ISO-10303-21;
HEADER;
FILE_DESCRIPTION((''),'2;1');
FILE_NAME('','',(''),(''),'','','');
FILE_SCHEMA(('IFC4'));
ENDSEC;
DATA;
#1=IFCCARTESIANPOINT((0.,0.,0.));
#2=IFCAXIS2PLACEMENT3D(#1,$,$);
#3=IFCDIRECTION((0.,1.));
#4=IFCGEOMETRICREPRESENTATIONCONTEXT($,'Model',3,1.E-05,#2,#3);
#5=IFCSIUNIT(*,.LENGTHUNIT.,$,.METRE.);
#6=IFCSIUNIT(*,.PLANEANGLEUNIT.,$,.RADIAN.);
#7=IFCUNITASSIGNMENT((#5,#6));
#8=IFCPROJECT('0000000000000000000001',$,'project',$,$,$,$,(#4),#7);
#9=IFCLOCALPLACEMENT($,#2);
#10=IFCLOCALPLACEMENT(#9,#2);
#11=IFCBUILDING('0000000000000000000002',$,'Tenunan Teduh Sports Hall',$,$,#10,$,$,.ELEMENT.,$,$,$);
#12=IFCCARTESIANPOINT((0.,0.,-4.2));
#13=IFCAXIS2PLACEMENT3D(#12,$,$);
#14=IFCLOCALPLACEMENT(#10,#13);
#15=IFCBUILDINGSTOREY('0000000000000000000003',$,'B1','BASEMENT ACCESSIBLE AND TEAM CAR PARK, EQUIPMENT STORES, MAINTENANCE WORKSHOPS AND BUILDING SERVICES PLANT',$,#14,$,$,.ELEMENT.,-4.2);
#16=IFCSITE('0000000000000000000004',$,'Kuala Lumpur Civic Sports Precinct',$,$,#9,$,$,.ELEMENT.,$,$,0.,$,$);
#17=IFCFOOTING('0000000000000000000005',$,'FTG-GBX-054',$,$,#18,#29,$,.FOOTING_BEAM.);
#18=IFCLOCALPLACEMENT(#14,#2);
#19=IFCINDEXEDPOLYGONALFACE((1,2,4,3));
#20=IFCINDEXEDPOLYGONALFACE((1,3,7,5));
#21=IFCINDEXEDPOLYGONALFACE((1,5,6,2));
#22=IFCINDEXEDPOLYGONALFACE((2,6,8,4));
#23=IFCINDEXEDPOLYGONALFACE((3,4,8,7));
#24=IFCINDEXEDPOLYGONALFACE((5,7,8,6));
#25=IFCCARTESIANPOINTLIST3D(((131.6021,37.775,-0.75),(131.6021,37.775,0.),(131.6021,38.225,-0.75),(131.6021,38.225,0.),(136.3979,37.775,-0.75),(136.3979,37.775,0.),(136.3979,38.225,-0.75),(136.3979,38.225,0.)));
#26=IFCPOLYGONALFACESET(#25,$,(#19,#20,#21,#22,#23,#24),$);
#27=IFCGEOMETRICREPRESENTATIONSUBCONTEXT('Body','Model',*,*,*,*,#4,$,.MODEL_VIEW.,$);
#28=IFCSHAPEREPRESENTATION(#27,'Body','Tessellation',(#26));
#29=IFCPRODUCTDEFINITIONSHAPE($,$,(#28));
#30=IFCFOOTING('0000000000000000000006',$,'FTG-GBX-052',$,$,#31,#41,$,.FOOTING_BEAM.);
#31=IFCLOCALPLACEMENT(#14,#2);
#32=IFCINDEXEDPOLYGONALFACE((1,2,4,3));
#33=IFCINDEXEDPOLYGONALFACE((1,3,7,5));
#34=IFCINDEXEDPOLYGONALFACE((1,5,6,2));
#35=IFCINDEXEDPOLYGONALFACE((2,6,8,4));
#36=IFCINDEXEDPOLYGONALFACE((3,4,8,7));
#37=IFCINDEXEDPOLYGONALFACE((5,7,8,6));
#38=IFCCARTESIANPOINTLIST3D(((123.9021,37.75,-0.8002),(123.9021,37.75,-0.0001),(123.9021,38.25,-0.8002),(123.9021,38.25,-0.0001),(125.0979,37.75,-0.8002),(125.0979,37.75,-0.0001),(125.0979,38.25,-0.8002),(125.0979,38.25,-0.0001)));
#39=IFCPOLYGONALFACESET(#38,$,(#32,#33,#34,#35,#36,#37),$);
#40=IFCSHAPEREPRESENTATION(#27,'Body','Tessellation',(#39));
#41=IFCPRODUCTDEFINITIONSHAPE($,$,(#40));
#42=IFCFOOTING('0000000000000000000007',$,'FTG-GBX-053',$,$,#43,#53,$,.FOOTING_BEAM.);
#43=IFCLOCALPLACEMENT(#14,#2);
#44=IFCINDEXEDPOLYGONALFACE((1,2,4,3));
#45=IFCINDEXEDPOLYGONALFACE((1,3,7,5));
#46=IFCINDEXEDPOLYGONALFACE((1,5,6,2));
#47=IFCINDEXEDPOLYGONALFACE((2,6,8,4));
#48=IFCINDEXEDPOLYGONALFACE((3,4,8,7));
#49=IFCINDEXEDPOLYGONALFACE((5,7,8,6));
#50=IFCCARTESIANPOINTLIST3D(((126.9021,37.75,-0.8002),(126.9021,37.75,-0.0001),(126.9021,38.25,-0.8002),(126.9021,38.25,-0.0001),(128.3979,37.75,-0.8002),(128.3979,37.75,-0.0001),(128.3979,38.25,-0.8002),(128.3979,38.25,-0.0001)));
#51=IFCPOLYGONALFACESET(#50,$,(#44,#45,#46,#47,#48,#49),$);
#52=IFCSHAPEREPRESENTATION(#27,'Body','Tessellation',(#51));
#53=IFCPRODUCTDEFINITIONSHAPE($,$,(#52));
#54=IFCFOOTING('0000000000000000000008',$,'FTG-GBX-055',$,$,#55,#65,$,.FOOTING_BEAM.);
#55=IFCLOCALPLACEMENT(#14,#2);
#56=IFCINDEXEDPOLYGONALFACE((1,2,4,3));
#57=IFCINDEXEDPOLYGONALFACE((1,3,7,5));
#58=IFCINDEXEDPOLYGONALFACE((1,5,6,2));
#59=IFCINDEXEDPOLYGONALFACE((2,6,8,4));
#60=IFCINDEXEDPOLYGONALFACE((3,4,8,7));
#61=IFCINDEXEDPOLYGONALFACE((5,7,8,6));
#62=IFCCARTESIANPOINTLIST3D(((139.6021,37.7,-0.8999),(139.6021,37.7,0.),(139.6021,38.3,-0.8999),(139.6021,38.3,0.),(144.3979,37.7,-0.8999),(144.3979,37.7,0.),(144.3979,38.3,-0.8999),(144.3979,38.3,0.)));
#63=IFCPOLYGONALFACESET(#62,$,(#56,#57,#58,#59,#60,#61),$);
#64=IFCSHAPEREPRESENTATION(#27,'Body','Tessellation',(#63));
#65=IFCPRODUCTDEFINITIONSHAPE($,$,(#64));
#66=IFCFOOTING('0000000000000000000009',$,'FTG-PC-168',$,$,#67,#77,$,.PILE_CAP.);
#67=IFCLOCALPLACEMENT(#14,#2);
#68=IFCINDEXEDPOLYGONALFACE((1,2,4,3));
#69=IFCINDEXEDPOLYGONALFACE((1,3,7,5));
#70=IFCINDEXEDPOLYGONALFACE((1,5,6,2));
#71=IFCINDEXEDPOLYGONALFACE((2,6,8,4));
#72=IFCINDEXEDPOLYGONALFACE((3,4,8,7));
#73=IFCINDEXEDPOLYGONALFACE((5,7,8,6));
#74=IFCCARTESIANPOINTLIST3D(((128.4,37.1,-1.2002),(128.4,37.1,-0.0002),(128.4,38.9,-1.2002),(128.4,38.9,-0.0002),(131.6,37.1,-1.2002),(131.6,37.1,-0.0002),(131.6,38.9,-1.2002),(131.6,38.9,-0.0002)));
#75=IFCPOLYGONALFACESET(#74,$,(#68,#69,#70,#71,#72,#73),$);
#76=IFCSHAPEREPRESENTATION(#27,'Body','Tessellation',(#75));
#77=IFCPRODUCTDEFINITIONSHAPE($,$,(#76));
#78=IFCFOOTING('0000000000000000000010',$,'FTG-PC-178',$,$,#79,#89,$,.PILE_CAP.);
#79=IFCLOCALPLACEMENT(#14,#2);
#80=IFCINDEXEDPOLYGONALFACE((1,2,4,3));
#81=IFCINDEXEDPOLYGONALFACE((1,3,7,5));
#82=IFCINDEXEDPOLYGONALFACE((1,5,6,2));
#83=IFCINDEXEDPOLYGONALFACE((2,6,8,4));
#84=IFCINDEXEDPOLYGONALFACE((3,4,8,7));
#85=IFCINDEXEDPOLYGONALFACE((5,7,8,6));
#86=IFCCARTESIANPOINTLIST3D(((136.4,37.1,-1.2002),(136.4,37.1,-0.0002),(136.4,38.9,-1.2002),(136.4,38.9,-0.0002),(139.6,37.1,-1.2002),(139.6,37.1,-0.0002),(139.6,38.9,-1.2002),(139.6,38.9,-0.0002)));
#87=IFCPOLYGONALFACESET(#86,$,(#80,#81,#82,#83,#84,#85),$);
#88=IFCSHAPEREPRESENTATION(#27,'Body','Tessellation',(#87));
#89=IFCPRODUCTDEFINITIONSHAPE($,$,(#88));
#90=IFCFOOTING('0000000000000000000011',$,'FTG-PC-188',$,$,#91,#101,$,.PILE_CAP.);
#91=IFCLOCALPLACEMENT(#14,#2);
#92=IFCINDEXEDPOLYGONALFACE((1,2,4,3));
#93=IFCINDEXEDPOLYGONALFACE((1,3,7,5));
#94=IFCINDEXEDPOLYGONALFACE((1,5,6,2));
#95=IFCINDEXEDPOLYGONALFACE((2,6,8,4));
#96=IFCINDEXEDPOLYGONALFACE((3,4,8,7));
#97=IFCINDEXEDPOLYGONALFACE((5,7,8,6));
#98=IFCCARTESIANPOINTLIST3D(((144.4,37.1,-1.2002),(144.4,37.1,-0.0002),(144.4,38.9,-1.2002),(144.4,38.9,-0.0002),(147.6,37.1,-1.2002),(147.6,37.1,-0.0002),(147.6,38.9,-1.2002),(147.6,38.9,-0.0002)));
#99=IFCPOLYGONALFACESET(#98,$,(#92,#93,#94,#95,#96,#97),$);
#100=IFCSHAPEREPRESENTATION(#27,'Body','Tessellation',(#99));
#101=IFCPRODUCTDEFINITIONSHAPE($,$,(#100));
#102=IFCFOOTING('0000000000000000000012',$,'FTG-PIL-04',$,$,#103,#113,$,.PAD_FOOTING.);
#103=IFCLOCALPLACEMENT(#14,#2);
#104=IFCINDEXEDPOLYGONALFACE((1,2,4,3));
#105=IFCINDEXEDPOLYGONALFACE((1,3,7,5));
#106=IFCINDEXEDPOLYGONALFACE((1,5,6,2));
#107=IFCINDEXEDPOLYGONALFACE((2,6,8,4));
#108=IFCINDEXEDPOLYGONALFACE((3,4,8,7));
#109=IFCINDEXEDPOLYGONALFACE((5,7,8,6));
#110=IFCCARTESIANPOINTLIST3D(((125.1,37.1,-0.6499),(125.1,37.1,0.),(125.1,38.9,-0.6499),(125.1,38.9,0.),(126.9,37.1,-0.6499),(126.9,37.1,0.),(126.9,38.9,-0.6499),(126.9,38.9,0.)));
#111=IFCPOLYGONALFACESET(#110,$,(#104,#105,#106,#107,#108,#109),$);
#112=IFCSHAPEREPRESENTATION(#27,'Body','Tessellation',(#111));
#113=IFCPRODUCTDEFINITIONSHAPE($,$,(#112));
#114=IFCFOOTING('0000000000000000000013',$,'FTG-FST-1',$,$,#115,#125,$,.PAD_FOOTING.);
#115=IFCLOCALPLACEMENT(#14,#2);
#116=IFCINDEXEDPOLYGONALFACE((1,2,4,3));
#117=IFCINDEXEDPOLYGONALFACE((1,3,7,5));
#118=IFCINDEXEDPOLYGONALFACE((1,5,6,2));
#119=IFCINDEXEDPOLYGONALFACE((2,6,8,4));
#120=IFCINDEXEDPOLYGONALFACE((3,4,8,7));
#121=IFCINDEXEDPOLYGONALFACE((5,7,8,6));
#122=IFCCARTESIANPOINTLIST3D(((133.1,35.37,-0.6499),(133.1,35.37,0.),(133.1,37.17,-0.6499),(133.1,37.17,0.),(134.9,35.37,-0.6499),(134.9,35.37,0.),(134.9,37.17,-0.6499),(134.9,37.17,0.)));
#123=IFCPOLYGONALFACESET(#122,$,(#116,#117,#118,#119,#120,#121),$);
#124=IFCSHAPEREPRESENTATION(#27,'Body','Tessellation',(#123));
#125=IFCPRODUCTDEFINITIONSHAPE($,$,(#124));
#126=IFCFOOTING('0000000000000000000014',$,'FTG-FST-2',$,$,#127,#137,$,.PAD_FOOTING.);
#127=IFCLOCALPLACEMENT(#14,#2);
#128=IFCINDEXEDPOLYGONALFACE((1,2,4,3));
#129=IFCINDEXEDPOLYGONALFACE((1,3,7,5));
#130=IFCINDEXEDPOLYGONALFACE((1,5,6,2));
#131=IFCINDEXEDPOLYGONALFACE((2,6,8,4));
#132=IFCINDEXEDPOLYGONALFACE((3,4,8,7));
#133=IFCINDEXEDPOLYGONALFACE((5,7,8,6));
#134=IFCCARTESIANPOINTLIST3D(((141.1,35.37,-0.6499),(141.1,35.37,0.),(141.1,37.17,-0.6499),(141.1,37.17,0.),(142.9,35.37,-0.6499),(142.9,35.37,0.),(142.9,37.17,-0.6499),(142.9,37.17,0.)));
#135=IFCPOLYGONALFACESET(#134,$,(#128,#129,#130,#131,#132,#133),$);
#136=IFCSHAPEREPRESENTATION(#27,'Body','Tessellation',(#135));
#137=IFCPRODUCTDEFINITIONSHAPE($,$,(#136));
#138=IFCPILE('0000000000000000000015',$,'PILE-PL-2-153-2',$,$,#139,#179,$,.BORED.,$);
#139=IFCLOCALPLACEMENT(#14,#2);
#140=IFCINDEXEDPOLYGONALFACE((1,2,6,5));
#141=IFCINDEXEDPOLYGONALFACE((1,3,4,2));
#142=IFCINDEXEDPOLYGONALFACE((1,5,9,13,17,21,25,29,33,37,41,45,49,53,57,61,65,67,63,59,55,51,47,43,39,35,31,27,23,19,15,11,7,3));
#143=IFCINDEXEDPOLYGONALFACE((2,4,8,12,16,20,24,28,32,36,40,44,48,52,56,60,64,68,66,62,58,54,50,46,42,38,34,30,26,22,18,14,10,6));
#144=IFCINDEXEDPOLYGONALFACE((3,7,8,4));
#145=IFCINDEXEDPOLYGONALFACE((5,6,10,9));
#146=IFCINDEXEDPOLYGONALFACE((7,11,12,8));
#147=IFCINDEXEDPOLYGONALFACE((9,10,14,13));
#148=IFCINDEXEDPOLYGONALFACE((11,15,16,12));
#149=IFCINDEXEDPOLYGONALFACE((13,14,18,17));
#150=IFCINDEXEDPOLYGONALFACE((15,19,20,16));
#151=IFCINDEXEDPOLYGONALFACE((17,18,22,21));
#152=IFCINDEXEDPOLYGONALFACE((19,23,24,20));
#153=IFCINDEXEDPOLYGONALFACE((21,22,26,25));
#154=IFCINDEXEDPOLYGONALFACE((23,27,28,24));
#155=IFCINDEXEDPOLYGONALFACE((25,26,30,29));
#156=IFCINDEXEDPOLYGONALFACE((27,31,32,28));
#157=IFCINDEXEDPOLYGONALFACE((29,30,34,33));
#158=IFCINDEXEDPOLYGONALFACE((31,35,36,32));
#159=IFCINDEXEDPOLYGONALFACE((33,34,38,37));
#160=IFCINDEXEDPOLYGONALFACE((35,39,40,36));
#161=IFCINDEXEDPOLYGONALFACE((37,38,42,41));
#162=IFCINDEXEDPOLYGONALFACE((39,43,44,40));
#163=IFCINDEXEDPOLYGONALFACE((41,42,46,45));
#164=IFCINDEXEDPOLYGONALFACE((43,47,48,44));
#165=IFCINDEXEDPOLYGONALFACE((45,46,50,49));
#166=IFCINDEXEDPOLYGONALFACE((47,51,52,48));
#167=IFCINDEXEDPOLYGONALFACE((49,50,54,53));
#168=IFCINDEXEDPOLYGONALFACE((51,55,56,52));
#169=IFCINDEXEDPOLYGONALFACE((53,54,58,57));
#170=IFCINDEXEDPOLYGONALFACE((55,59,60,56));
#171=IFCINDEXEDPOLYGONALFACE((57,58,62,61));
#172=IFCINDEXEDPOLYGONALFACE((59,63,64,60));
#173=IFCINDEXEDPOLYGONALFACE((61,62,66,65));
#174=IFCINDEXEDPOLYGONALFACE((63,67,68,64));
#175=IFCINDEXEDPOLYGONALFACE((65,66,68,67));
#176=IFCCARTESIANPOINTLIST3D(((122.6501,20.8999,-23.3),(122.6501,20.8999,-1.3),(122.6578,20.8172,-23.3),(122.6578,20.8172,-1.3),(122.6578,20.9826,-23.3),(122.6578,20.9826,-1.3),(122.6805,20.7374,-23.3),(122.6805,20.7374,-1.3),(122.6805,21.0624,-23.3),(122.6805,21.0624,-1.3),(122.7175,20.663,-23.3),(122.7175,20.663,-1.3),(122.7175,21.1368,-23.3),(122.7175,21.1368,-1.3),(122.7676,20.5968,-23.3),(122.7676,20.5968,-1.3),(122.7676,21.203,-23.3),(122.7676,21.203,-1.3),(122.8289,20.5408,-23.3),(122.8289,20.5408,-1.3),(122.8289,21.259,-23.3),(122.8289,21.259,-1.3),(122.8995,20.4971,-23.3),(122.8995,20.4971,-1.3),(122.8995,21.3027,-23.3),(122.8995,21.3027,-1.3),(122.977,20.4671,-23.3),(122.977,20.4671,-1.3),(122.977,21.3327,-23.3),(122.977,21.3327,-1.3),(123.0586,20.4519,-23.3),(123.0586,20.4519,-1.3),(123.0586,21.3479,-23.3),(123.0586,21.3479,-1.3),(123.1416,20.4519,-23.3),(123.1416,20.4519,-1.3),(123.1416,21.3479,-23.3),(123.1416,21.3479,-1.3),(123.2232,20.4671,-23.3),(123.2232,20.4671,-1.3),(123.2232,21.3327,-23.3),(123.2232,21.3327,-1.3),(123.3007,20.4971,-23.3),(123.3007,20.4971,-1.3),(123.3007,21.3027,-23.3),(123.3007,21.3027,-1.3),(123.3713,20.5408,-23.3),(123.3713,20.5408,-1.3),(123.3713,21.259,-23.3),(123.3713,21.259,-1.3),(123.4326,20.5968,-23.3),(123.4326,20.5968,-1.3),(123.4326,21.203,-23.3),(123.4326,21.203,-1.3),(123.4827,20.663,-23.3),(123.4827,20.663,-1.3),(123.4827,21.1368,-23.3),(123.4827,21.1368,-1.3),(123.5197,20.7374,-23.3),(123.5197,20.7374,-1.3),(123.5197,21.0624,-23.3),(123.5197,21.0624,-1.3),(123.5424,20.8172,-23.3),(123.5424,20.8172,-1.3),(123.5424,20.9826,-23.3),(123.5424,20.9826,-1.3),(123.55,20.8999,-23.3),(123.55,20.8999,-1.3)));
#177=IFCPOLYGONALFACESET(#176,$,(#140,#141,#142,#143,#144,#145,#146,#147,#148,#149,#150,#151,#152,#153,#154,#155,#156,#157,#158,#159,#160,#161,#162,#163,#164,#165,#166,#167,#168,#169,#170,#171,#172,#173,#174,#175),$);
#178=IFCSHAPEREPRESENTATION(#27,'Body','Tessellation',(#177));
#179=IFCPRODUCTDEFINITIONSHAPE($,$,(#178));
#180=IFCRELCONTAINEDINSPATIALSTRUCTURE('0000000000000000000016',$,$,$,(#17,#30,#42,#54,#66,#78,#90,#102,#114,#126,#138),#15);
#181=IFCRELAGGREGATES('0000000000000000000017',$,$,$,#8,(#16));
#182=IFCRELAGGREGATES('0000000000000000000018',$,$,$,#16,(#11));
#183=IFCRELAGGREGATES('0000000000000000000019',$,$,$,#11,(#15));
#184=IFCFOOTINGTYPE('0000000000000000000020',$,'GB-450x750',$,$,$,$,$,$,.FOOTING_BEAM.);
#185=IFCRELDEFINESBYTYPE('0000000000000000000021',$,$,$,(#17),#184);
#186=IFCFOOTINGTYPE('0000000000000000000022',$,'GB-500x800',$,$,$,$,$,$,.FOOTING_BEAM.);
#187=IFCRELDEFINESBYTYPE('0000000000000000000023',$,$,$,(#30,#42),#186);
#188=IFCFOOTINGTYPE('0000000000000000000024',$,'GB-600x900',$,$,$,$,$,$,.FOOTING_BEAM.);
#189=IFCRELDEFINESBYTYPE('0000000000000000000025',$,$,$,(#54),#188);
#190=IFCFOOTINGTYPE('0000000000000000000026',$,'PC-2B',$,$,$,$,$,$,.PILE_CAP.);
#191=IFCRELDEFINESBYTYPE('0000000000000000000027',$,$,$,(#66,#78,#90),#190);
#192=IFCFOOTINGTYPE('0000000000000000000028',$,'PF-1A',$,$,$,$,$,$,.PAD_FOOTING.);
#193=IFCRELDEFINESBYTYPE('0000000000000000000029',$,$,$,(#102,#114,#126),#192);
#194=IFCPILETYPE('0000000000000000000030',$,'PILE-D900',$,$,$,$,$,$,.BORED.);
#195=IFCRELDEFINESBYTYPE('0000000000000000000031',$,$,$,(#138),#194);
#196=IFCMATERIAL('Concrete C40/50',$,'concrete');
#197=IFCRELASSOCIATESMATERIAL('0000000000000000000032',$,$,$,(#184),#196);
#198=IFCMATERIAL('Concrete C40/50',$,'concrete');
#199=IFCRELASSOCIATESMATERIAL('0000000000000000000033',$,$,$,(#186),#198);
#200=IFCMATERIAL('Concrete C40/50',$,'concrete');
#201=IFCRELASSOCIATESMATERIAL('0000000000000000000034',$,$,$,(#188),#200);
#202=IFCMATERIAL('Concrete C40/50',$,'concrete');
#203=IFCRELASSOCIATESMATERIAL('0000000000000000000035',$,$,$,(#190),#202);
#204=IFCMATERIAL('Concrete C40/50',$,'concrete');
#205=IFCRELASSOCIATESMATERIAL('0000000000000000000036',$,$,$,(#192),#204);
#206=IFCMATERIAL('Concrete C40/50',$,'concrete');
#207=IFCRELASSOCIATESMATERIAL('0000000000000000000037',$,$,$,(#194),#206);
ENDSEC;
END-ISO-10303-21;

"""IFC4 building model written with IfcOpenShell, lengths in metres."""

from ifc_helpers import new_model, si_unit, direction, frame, origin, origin_2d, place, context, subcontext, project, spatial, rectangle, circle, extrude, material, material_profile, profile_set, type_object, element, save


model = new_model("IFC4")

# Units and contexts
model_context = context("Model", 3, precision=1e-05, world=origin(), true_north=direction((0.0, 1.0)))
body_context = subcontext(model_context, "Body", "Model", "MODEL_VIEW")
ifc_project = project(units=[si_unit("LENGTHUNIT", "METRE"), si_unit("PLANEANGLEUNIT", "RADIAN")], contexts=[model_context])

# Site, building, storey
site_placement = place(None, origin())
site = spatial("IfcSite", under=ifc_project, at=site_placement, Name="Kuala Lumpur Civic Sports Precinct", CompositionType="ELEMENT", RefElevation=0.0)
building_placement = place(site_placement, origin())
building = spatial("IfcBuilding", under=site, at=building_placement, Name="Tenunan Teduh Sports Hall", CompositionType="ELEMENT")
storey_placement = place(building_placement, frame((0.0, 0.0, -4.2)))
storey = spatial("IfcBuildingStorey", under=building, at=storey_placement, Name="B1", Description="BASEMENT ACCESSIBLE AND TEAM CAR PARK, EQUIPMENT STORES, MAINTENANCE WORKSHOPS AND BUILDING SERVICES PLANT", CompositionType="ELEMENT", Elevation=-4.2)

# Footings
ifc_material_1 = material(Name="Concrete C40/50", Category="concrete")
ifc_material_profile_1 = material_profile(ifc_material_1, rectangle(XDim=0.45, YDim=0.75, at=origin_2d()), Name="RCB 450x750")
ifc_profile_set_1 = profile_set([ifc_material_profile_1], Name="Concrete C40/50")
footing_type_1 = type_object("IfcFootingType", Name="GB-450x750", PredefinedType="FOOTING_BEAM", material=ifc_profile_set_1)
footing_1_placement = place(storey_placement, frame((131.6021, 38.0, -0.375), z_axis=(1.0, 0.0, 0.0), x_axis=(0.0, 1.0, 0.0)))
element("IfcFooting", 1, at=footing_1_placement, inside=storey, type_object=footing_type_1, Name="FTG-GBX-054", PredefinedType="FOOTING_BEAM", context=body_context, shape_type="SweptSolid", body=[
    extrude(rectangle(XDim=0.45, YDim=0.75, at=origin_2d()), origin(), (0.0, 0.0, 1.0), 4.7959),
])
ifc_material_2 = material(Name="Concrete C40/50", Category="concrete")
ifc_material_profile_2 = material_profile(ifc_material_2, rectangle(XDim=0.5, YDim=0.8, at=origin_2d()), Name="RCB 500x800")
ifc_profile_set_2 = profile_set([ifc_material_profile_2], Name="Concrete C40/50")
footing_type_2 = type_object("IfcFootingType", Name="GB-500x800", PredefinedType="FOOTING_BEAM", material=ifc_profile_set_2)
footing_2_placement = place(storey_placement, frame((123.9021, 38.0, -0.4001), z_axis=(1.0, 0.0, 0.0), x_axis=(0.0, 1.0, 0.0)))
element("IfcFooting", 2, at=footing_2_placement, inside=storey, type_object=footing_type_2, Name="FTG-GBX-052", PredefinedType="FOOTING_BEAM", context=body_context, shape_type="SweptSolid", body=[
    extrude(rectangle(XDim=0.5, YDim=0.8, at=origin_2d()), origin(), (0.0, 0.0, 1.0), 1.1958),
])
footing_3_placement = place(storey_placement, frame((126.9021, 38.0, -0.4001), z_axis=(1.0, 0.0, 0.0), x_axis=(0.0, 1.0, 0.0)))
element("IfcFooting", 3, at=footing_3_placement, inside=storey, type_object=footing_type_2, Name="FTG-GBX-053", PredefinedType="FOOTING_BEAM", context=body_context, shape_type="SweptSolid", body=[
    extrude(rectangle(XDim=0.5, YDim=0.8, at=origin_2d()), origin(), (0.0, 0.0, 1.0), 1.4958),
])
ifc_material_3 = material(Name="Concrete C40/50", Category="concrete")
ifc_material_profile_3 = material_profile(ifc_material_3, rectangle(XDim=0.6001, YDim=0.8999, at=origin_2d()), Name="RCB 600x900")
ifc_profile_set_3 = profile_set([ifc_material_profile_3], Name="Concrete C40/50")
footing_type_3 = type_object("IfcFootingType", Name="GB-600x900", PredefinedType="FOOTING_BEAM", material=ifc_profile_set_3)
footing_4_placement = place(storey_placement, frame((139.6021, 38.0, -0.45), z_axis=(1.0, 0.0, 0.0), x_axis=(0.0, 1.0, 0.0)))
element("IfcFooting", 4, at=footing_4_placement, inside=storey, type_object=footing_type_3, Name="FTG-GBX-055", PredefinedType="FOOTING_BEAM", context=body_context, shape_type="SweptSolid", body=[
    extrude(rectangle(XDim=0.6001, YDim=0.8999, at=origin_2d()), origin(), (0.0, 0.0, 1.0), 4.7959),
])
ifc_material_4 = material(Name="Concrete C40/50", Category="concrete")
footing_type_4 = type_object("IfcFootingType", Name="PC-2B", PredefinedType="PILE_CAP", material=ifc_material_4)
for number, where, z_axis, x_axis, name in (
    (5, (130.0, 38.0, -1.2002), (0.0, 0.0, 1.0), (1.0, 0.0, 0.0), "FTG-PC-168"),
    (6, (138.0, 38.0, -1.2002), (0.0, 0.0, 1.0), (1.0, 0.0, 0.0), "FTG-PC-178"),
    (7, (146.0, 38.0, -1.2002), (0.0, 0.0, 1.0), (1.0, 0.0, 0.0), "FTG-PC-188"),
):
    element("IfcFooting", number, at=place(storey_placement, frame(where, z_axis=z_axis, x_axis=x_axis)), inside=storey, type_object=footing_type_4, Name=name, PredefinedType="PILE_CAP", context=body_context, shape_type="SweptSolid", body=[
        extrude(rectangle(XDim=3.2, YDim=1.8, at=origin_2d()), origin(), (0.0, 0.0, 1.0), 1.2),
    ])
ifc_material_5 = material(Name="Concrete C40/50", Category="concrete")
footing_type_5 = type_object("IfcFootingType", Name="PF-1A", PredefinedType="PAD_FOOTING", material=ifc_material_5)
for number, where, z_axis, x_axis, name in (
    (8, (126.0, 38.0, -0.6499), (0.0, 0.0, 1.0), (1.0, 0.0, 0.0), "FTG-PIL-04"),
    (9, (134.0, 36.27, -0.6499), (0.0, 0.0, 1.0), (1.0, 0.0, 0.0), "FTG-FST-1"),
    (10, (142.0, 36.27, -0.6499), (0.0, 0.0, 1.0), (1.0, 0.0, 0.0), "FTG-FST-2"),
):
    element("IfcFooting", number, at=place(storey_placement, frame(where, z_axis=z_axis, x_axis=x_axis)), inside=storey, type_object=footing_type_5, Name=name, PredefinedType="PAD_FOOTING", context=body_context, shape_type="SweptSolid", body=[
        extrude(rectangle(XDim=1.8, YDim=1.8, at=origin_2d()), origin(), (0.0, 0.0, 1.0), 0.6499),
    ])

# Pile
ifc_material_6 = material(Name="Concrete C40/50", Category="concrete")
ifc_material_profile_4 = material_profile(ifc_material_6, circle(Radius=0.45, at=origin_2d()), Name="PILE D900")
ifc_profile_set_4 = profile_set([ifc_material_profile_4], Name="Concrete C40/50")
pile_type = type_object("IfcPileType", Name="PILE-D900", PredefinedType="BORED", material=ifc_profile_set_4)
for number, where, z_axis, x_axis, name in (
    (11, (123.1001, 20.8999, -1.3), (0.0, 0.0, -1.0), (1.0, 0.0, 0.0), "PILE-PL-2-153-2"),
):
    element("IfcPile", number, at=place(storey_placement, frame(where, z_axis=z_axis, x_axis=x_axis)), inside=storey, type_object=pile_type, Name=name, PredefinedType="BORED", context=body_context, shape_type="SweptSolid", body=[
        extrude(circle(Radius=0.45, at=origin_2d()), origin(), (0.0, 0.0, 1.0), 22.0),
    ])

save(model, "model.ifc")
